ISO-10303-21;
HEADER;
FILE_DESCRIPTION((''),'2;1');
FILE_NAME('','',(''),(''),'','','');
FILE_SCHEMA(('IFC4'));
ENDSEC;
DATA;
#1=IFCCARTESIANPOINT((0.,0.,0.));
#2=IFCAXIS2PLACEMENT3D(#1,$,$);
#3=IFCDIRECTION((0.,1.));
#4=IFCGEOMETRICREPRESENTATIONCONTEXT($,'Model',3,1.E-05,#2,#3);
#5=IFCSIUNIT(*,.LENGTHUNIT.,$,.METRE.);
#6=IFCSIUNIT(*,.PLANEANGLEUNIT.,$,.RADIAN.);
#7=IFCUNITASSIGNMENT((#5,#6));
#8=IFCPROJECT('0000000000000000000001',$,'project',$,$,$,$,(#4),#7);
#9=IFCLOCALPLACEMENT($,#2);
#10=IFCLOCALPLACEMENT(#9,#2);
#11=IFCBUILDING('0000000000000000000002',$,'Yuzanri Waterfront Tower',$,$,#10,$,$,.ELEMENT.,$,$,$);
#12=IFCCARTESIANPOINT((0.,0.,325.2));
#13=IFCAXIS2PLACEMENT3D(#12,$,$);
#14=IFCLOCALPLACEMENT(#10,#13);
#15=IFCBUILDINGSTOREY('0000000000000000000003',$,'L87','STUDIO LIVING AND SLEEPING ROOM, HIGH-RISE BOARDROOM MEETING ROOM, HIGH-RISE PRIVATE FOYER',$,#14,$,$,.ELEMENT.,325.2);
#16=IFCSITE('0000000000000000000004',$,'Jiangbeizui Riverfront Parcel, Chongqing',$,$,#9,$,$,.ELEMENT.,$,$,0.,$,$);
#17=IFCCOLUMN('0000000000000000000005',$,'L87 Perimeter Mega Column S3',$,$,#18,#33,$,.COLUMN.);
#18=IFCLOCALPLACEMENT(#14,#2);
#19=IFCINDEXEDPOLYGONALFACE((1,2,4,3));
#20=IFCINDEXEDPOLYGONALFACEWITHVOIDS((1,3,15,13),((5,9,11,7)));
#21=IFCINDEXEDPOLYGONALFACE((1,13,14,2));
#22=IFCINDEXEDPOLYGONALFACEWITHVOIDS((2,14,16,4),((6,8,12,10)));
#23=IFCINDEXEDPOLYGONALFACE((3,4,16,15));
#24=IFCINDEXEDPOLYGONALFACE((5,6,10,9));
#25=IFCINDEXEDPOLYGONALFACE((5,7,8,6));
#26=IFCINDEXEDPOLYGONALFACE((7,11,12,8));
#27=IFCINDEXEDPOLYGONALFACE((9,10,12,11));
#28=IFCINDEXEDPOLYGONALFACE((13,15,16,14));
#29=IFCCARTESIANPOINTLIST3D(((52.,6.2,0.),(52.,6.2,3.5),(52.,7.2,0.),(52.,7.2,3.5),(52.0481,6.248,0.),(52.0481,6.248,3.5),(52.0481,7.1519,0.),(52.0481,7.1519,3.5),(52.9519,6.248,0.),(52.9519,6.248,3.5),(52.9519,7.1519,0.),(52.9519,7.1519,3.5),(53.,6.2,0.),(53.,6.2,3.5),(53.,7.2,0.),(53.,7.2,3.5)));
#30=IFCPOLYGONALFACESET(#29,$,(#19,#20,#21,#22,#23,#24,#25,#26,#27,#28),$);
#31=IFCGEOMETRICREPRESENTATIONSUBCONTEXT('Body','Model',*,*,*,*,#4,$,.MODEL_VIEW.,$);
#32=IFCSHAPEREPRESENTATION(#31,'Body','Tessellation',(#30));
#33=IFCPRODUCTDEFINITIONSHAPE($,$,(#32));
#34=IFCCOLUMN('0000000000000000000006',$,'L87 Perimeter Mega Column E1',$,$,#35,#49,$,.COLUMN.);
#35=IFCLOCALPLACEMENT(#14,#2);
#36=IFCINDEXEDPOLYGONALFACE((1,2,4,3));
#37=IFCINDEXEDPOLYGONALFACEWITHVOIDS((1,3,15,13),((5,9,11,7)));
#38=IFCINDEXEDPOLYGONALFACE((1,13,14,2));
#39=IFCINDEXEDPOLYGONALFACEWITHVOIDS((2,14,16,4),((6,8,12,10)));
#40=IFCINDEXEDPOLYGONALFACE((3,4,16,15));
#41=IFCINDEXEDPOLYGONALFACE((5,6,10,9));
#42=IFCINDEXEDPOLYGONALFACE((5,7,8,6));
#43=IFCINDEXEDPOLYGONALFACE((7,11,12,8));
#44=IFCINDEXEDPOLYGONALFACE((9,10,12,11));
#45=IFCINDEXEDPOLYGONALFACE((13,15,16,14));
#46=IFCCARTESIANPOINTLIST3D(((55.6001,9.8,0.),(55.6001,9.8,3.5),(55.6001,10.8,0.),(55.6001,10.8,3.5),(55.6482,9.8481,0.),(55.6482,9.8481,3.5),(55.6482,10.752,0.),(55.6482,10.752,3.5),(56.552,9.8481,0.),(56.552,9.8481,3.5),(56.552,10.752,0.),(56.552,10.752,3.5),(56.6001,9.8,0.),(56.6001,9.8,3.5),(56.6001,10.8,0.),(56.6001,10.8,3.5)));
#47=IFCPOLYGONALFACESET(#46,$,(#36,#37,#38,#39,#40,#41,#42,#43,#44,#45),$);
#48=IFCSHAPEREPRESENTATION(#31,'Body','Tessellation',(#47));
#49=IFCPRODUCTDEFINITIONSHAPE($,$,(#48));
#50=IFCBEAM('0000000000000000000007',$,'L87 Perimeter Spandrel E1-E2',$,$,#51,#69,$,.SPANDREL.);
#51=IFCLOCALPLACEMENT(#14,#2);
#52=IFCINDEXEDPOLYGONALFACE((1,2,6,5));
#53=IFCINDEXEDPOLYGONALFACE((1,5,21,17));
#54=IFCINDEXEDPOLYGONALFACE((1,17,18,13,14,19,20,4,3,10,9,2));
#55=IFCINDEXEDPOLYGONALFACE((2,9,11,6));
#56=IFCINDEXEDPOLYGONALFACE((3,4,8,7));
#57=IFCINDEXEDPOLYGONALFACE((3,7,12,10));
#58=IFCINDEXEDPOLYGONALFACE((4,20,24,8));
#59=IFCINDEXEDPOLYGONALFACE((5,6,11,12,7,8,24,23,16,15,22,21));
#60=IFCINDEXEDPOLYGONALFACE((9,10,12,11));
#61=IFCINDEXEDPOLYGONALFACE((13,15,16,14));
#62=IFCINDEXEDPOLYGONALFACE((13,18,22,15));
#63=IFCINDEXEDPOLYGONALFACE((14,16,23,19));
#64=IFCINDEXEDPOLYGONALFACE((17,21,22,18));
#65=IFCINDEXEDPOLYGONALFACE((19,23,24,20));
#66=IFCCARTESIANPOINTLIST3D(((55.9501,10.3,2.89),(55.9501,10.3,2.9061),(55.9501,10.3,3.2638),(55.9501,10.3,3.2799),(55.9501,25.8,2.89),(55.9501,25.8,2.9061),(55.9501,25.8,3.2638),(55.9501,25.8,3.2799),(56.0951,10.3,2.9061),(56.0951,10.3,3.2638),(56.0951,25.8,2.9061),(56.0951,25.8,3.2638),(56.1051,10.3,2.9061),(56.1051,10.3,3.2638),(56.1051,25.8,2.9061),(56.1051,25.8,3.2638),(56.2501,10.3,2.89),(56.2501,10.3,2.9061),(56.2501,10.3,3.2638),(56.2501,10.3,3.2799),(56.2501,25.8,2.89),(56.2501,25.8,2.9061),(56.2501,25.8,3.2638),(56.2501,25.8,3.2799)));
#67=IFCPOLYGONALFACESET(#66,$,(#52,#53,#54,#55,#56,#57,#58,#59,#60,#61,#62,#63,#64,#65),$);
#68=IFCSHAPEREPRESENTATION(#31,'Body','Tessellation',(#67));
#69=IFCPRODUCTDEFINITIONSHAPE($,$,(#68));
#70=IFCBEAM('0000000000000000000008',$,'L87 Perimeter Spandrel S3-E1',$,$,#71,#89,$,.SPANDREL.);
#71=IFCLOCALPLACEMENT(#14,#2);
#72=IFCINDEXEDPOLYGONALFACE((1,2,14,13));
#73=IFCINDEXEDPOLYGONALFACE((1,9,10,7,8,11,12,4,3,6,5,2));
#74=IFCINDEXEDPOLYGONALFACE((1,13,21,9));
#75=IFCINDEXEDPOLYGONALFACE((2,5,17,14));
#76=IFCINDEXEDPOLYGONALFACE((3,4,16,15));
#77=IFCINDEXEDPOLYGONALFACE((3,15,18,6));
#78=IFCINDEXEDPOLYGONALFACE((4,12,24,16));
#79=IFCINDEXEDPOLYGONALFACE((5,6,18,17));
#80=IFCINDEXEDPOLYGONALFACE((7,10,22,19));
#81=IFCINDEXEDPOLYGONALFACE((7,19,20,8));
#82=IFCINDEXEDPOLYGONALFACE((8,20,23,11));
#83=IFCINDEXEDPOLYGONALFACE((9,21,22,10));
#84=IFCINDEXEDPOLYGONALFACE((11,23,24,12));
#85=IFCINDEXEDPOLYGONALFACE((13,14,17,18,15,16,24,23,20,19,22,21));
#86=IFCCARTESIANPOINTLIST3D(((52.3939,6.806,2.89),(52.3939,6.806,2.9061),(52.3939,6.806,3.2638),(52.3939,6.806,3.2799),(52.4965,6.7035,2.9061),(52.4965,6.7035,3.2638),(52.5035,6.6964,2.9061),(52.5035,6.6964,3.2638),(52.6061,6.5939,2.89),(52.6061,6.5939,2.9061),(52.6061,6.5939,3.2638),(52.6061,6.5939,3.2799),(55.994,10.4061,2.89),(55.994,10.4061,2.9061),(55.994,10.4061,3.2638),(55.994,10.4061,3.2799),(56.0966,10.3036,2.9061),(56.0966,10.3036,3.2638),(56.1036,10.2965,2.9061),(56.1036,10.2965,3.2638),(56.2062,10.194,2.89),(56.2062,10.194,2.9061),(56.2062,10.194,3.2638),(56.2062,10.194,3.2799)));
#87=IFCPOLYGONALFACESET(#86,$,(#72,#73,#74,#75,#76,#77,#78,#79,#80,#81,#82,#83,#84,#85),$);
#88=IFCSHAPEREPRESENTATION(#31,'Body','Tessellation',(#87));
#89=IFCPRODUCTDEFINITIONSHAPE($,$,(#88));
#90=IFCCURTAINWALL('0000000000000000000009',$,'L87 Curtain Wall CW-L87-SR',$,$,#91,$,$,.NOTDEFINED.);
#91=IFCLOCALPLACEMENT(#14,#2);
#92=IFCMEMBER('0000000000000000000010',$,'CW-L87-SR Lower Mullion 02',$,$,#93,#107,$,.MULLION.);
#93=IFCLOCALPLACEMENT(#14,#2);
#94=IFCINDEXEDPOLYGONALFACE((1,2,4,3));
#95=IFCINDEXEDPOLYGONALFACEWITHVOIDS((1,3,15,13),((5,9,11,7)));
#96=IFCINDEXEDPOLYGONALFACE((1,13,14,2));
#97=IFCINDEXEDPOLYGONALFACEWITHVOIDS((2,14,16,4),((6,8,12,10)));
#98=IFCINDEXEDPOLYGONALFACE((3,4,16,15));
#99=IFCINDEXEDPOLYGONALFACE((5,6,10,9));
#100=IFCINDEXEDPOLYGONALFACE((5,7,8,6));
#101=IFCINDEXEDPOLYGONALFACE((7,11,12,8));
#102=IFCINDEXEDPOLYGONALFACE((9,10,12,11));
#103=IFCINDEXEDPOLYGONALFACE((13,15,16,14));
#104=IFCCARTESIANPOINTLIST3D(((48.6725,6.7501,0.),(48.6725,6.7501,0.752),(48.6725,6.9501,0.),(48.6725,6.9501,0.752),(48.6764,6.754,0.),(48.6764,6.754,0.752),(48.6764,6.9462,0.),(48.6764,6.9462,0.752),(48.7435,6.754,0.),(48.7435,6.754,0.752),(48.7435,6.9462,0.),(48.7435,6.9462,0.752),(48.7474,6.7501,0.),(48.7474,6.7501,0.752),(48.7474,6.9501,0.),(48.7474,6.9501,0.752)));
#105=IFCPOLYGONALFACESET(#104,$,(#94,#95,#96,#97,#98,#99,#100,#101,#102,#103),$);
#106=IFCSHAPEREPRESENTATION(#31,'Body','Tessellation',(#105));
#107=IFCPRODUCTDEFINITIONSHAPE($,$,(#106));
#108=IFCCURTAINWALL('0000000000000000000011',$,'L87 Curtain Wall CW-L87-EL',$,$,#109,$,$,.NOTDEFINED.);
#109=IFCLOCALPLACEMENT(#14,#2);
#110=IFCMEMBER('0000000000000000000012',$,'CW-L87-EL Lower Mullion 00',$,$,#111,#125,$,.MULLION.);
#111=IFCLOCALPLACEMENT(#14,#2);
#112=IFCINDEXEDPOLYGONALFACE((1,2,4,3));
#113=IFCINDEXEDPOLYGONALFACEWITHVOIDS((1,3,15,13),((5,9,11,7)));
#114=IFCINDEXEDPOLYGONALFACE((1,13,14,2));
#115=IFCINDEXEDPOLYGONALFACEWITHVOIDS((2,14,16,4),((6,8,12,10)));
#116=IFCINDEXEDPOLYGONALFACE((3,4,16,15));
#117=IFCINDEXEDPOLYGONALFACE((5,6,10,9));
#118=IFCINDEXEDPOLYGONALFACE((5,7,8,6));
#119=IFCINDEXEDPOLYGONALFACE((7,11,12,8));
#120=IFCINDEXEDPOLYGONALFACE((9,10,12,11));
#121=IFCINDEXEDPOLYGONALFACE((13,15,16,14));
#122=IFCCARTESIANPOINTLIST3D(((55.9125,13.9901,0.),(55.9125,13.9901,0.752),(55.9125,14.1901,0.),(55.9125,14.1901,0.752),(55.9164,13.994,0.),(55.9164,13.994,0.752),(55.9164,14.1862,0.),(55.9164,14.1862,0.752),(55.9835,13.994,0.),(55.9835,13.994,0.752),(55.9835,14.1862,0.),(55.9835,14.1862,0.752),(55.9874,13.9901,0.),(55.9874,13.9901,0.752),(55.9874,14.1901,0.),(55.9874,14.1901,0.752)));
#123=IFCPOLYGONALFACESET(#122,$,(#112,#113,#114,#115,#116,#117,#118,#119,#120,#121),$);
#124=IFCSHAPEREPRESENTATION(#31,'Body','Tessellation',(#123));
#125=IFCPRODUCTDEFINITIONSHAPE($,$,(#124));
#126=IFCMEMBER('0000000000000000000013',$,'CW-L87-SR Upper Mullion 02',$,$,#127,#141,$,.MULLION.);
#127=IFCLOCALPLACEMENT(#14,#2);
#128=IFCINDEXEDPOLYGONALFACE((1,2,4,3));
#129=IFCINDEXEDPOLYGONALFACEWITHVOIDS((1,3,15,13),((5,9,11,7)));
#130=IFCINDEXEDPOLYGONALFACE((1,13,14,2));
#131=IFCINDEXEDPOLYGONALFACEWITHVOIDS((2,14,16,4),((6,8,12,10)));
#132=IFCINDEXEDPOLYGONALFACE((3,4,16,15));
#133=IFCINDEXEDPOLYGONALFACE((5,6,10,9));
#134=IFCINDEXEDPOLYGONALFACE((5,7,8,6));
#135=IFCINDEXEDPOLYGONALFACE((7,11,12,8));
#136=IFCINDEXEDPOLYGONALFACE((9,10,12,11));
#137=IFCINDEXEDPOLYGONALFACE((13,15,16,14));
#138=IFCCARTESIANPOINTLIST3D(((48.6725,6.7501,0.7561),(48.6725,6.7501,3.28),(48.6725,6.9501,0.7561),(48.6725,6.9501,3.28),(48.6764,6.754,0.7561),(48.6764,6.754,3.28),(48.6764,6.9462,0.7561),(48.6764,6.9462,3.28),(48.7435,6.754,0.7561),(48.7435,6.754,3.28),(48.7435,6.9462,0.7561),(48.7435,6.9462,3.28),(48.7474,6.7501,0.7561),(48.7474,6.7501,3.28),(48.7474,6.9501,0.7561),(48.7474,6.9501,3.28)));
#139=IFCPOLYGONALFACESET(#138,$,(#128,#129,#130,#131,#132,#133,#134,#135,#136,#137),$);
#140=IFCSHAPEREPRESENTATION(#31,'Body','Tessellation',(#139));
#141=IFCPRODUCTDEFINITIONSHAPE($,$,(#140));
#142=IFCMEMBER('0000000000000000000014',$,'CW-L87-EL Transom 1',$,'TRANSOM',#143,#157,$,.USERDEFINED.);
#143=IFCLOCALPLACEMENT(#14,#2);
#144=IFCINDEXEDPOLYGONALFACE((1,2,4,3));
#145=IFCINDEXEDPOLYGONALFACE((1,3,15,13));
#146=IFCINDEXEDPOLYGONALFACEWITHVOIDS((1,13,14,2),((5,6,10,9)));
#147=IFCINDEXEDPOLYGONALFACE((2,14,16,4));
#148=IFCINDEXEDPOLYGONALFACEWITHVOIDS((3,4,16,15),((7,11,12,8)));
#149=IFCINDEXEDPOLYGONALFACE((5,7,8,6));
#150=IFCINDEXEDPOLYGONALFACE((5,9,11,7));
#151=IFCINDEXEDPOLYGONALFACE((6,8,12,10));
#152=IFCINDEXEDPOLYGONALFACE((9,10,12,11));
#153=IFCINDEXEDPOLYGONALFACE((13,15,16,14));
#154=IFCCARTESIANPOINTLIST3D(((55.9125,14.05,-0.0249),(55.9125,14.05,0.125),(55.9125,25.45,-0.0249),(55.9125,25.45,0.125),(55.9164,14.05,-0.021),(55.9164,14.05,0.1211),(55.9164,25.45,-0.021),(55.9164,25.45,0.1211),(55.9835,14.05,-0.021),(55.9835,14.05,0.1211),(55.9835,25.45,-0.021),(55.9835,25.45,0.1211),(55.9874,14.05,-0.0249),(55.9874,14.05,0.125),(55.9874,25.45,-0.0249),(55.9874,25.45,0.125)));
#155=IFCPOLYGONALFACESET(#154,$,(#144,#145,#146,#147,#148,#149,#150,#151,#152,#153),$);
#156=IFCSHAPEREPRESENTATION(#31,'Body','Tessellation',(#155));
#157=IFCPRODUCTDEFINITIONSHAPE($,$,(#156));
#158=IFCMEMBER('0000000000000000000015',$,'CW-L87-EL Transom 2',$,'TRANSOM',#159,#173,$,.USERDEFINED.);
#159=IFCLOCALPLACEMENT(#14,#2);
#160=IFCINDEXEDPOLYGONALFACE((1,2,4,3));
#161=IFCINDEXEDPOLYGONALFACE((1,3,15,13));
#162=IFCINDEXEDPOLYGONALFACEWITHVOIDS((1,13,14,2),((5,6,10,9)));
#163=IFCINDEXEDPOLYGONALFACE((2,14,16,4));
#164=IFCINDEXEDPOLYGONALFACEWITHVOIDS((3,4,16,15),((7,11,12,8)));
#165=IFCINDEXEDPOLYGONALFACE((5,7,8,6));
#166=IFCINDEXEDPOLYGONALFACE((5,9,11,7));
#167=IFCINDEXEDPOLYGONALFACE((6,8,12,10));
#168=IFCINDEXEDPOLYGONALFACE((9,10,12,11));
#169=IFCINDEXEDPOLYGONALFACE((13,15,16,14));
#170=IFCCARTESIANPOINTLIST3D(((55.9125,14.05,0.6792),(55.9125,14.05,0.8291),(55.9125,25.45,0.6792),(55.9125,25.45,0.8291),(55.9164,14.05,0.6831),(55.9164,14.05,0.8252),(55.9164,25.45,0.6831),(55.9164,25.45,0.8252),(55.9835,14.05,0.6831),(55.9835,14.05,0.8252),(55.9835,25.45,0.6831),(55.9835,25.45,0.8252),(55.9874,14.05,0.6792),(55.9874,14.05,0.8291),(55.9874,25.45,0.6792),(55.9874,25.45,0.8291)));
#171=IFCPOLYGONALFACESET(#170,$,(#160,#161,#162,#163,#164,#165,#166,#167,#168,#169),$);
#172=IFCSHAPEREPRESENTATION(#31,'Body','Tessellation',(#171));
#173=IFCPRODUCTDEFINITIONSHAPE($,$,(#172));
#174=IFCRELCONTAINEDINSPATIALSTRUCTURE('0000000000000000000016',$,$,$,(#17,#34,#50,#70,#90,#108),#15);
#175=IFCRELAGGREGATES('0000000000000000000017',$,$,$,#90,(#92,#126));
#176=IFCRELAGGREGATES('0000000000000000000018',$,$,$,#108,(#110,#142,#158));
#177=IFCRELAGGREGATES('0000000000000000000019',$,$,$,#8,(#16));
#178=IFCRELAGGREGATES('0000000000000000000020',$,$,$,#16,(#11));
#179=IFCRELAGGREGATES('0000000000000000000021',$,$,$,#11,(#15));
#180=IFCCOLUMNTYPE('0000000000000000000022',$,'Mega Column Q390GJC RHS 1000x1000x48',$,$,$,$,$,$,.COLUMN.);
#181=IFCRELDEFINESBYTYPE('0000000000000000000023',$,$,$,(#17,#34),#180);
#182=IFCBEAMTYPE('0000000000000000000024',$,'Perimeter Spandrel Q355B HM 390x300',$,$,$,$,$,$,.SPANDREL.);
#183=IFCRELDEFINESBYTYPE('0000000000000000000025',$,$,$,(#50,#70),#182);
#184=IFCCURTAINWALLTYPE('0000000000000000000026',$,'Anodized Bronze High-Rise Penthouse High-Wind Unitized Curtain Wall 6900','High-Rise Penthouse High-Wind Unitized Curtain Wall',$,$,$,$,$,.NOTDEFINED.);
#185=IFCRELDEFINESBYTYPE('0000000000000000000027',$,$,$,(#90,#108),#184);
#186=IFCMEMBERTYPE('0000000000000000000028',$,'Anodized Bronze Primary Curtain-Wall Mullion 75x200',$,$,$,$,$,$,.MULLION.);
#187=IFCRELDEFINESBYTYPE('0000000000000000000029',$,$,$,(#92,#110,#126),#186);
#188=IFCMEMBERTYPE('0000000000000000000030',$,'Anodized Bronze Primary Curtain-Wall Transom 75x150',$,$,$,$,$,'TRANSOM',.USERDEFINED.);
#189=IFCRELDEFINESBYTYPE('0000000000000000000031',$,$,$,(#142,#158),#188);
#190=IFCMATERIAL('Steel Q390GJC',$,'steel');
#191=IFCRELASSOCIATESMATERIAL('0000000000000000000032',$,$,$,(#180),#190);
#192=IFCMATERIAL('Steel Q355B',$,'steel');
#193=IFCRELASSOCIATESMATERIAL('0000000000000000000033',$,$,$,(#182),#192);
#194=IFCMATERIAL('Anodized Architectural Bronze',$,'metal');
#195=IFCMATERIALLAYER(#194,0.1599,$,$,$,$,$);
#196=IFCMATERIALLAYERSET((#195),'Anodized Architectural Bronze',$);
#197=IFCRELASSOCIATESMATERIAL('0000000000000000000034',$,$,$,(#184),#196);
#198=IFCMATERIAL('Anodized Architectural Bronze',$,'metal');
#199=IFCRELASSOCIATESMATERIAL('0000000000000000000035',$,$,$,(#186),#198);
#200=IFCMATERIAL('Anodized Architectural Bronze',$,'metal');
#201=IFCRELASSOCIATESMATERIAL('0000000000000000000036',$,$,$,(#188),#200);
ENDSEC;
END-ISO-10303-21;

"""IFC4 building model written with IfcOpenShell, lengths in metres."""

from ifc_helpers import new_model, si_unit, direction, frame, origin, origin_2d, place, context, subcontext, project, spatial, hollow_rectangle, i_section, extrude, source, transform, mapped, material, layer, layer_set, material_profile, profile_set, type_object, element, aggregate, save


model = new_model("IFC4")

# Units and contexts
model_context = context("Model", 3, precision=1e-05, world=origin(), true_north=direction((0.0, 1.0)))
body_context = subcontext(model_context, "Body", "Model", "MODEL_VIEW")
ifc_project = project(units=[si_unit("LENGTHUNIT", "METRE"), si_unit("PLANEANGLEUNIT", "RADIAN")], contexts=[model_context])

# Site, building, storey
site_placement = place(None, origin())
site = spatial("IfcSite", under=ifc_project, at=site_placement, Name="Jiangbeizui Riverfront Parcel, Chongqing", CompositionType="ELEMENT", RefElevation=0.0)
building_placement = place(site_placement, origin())
building = spatial("IfcBuilding", under=site, at=building_placement, Name="Yuzanri Waterfront Tower", CompositionType="ELEMENT")
storey_placement = place(building_placement, frame((0.0, 0.0, 325.2)))
storey = spatial("IfcBuildingStorey", under=building, at=storey_placement, Name="L87", Description="STUDIO LIVING AND SLEEPING ROOM, HIGH-RISE BOARDROOM MEETING ROOM, HIGH-RISE PRIVATE FOYER", CompositionType="ELEMENT", Elevation=325.2)

# Columns
ifc_material_1 = material(Name="Steel Q390GJC", Category="steel")
ifc_material_profile_1 = material_profile(ifc_material_1, hollow_rectangle(XDim=1.0, YDim=1.0, WallThickness=0.0481, at=origin_2d()), Name="RHS 1000x1000x48")
ifc_profile_set_1 = profile_set([ifc_material_profile_1], Name="Steel Q390GJC")
column_type = type_object("IfcColumnType", Name="Mega Column Q390GJC RHS 1000x1000x48", PredefinedType="COLUMN", material=ifc_profile_set_1)
shared_shape_1 = source(origin(), body_context, "Body", "SweptSolid", [
    extrude(hollow_rectangle(XDim=1.0, YDim=1.0, WallThickness=0.0481, at=origin_2d()), origin(), (0.0, 0.0, 1.0), 3.5),
])
for number, where, z_axis, x_axis, name in (
    (1, (52.5, 6.7, 0.0), (0.0, 0.0, 1.0), (1.0, 0.0, 0.0), "L87 Perimeter Mega Column S3"),
    (2, (56.1001, 10.3, 0.0), (0.0, 0.0, 1.0), (1.0, 0.0, 0.0), "L87 Perimeter Mega Column E1"),
):
    element("IfcColumn", number, at=place(storey_placement, frame(where, z_axis=z_axis, x_axis=x_axis)), inside=storey, type_object=column_type, Name=name, PredefinedType="COLUMN", context=body_context, shape_type="MappedRepresentation", body=[
        mapped(shared_shape_1, transform((0.0, 0.0, 0.0), scale=1.0)),
    ])

# Beams
ifc_material_2 = material(Name="Steel Q355B", Category="steel")
ifc_material_profile_2 = material_profile(ifc_material_2, i_section(OverallWidth=0.3, OverallDepth=0.3899, WebThickness=0.01, FlangeThickness=0.0161, at=origin_2d()), Name="HM 390x300x10x16")
ifc_profile_set_2 = profile_set([ifc_material_profile_2], Name="Steel Q355B")
beam_type = type_object("IfcBeamType", Name="Perimeter Spandrel Q355B HM 390x300", PredefinedType="SPANDREL", material=ifc_profile_set_2)
shared_shape_2 = source(origin(), body_context, "Body", "SweptSolid", [
    extrude(i_section(OverallWidth=0.3, OverallDepth=0.3899, WebThickness=0.01, FlangeThickness=0.0161, at=origin_2d()), origin(), (0.0, 0.0, 1.0), 15.5),
])
beam_1_placement = place(storey_placement, frame((56.1001, 10.3, 3.085), z_axis=(0.0, 1.0, 0.0), x_axis=(-1.0, 0.0, 0.0)))
element("IfcBeam", 3, at=beam_1_placement, inside=storey, type_object=beam_type, Name="L87 Perimeter Spandrel E1-E2", PredefinedType="SPANDREL", context=body_context, shape_type="MappedRepresentation", body=[
    mapped(shared_shape_2, transform((0.0, 0.0, 0.0), scale=1.0)),
])
shared_shape_3 = source(origin(), body_context, "Body", "SweptSolid", [
    extrude(i_section(OverallWidth=0.3, OverallDepth=0.3899, WebThickness=0.01, FlangeThickness=0.0161, at=origin_2d()), origin(), (0.0, 0.0, 1.0), 5.0913),
])
beam_2_placement = place(storey_placement, frame((52.5, 6.7, 3.085), z_axis=(0.707107, 0.707107, 0.0), x_axis=(-0.707107, 0.707107, 0.0)))
element("IfcBeam", 4, at=beam_2_placement, inside=storey, type_object=beam_type, Name="L87 Perimeter Spandrel S3-E1", PredefinedType="SPANDREL", context=body_context, shape_type="MappedRepresentation", body=[
    mapped(shared_shape_3, transform((0.0, 0.0, 0.0), scale=1.0)),
])

# Curtain walls, members
ifc_material_3 = material(Name="Anodized Architectural Bronze", Category="metal")
ifc_layer_1 = layer(ifc_material_3, 0.1599)
ifc_layer_set_1 = layer_set([ifc_layer_1], Name="Anodized Architectural Bronze")
curtain_wall_type = type_object("IfcCurtainWallType", Name="Anodized Bronze High-Rise Penthouse High-Wind Unitized Curtain Wall 6900", Description="High-Rise Penthouse High-Wind Unitized Curtain Wall", PredefinedType="NOTDEFINED", material=ifc_layer_set_1)
curtain_wall_1_placement = place(storey_placement, origin())
curtain_wall_1 = element("IfcCurtainWall", 5, at=curtain_wall_1_placement, inside=storey, type_object=curtain_wall_type, Name="L87 Curtain Wall CW-L87-SR", PredefinedType="NOTDEFINED")
ifc_material_4 = material(Name="Anodized Architectural Bronze", Category="metal")
ifc_material_profile_3 = material_profile(ifc_material_4, hollow_rectangle(XDim=0.075, YDim=0.2, WallThickness=0.0039, at=origin_2d()), Name="CWM 75x200")
ifc_profile_set_3 = profile_set([ifc_material_profile_3], Name="Anodized Architectural Bronze")
member_type_1 = type_object("IfcMemberType", Name="Anodized Bronze Primary Curtain-Wall Mullion 75x200", PredefinedType="MULLION", material=ifc_profile_set_3)
shared_shape_4 = source(origin(), body_context, "Body", "SweptSolid", [
    extrude(hollow_rectangle(XDim=0.075, YDim=0.2, WallThickness=0.0039, at=origin_2d()), origin(), (0.0, 0.0, 1.0), 0.752),
])
member_1_placement = place(storey_placement, frame((48.71, 6.8501, 0.0), z_axis=(0.0, 0.0, 1.0), x_axis=(1.0, 0.0, 0.0)))
member_1 = element("IfcMember", 6, at=member_1_placement, type_object=member_type_1, Name="CW-L87-SR Lower Mullion 02", PredefinedType="MULLION", context=body_context, shape_type="MappedRepresentation", body=[
    mapped(shared_shape_4, transform((0.0, 0.0, 0.0), scale=1.0)),
])
curtain_wall_2_placement = place(storey_placement, origin())
curtain_wall_2 = element("IfcCurtainWall", 7, at=curtain_wall_2_placement, inside=storey, type_object=curtain_wall_type, Name="L87 Curtain Wall CW-L87-EL", PredefinedType="NOTDEFINED")
member_2_placement = place(storey_placement, frame((55.95, 14.0901, 0.0), z_axis=(0.0, 0.0, 1.0), x_axis=(1.0, 0.0, 0.0)))
member_2 = element("IfcMember", 8, at=member_2_placement, type_object=member_type_1, Name="CW-L87-EL Lower Mullion 00", PredefinedType="MULLION", context=body_context, shape_type="MappedRepresentation", body=[
    mapped(shared_shape_4, transform((0.0, 0.0, 0.0), scale=1.0)),
])

# Members
shared_shape_5 = source(origin(), body_context, "Body", "SweptSolid", [
    extrude(hollow_rectangle(XDim=0.075, YDim=0.2, WallThickness=0.0039, at=origin_2d()), origin(), (0.0, 0.0, 1.0), 2.5239),
])
member_3_placement = place(storey_placement, frame((48.71, 6.8501, 0.7561), z_axis=(0.0, 0.0, 1.0), x_axis=(1.0, 0.0, 0.0)))
member_3 = element("IfcMember", 9, at=member_3_placement, type_object=member_type_1, Name="CW-L87-SR Upper Mullion 02", PredefinedType="MULLION", context=body_context, shape_type="MappedRepresentation", body=[
    mapped(shared_shape_5, transform((0.0, 0.0, 0.0), scale=1.0)),
])
aggregate(curtain_wall_1, [member_1, member_3])
ifc_material_5 = material(Name="Anodized Architectural Bronze", Category="metal")
ifc_material_profile_4 = material_profile(ifc_material_5, hollow_rectangle(XDim=0.075, YDim=0.1499, WallThickness=0.0039, at=origin_2d()), Name="CWT 75x150")
ifc_profile_set_4 = profile_set([ifc_material_profile_4], Name="Anodized Architectural Bronze")
member_type_2 = type_object("IfcMemberType", Name="Anodized Bronze Primary Curtain-Wall Transom 75x150", ElementType="TRANSOM", PredefinedType="USERDEFINED", material=ifc_profile_set_4)
shared_shape_6 = source(origin(), body_context, "Body", "SweptSolid", [
    extrude(hollow_rectangle(XDim=0.075, YDim=0.1499, WallThickness=0.0039, at=origin_2d()), origin(), (0.0, 0.0, 1.0), 11.3999),
])
member_4_placement = place(storey_placement, frame((55.95, 14.05, 0.05), z_axis=(0.0, 1.0, 0.0), x_axis=(-1.0, 0.0, 0.0)))
member_4 = element("IfcMember", 10, at=member_4_placement, type_object=member_type_2, Name="CW-L87-EL Transom 1", ObjectType="TRANSOM", PredefinedType="USERDEFINED", context=body_context, shape_type="MappedRepresentation", body=[
    mapped(shared_shape_6, transform((0.0, 0.0, 0.0), scale=1.0)),
])
member_5_placement = place(storey_placement, frame((55.95, 14.05, 0.7542), z_axis=(0.0, 1.0, 0.0), x_axis=(-1.0, 0.0, 0.0)))
member_5 = element("IfcMember", 11, at=member_5_placement, type_object=member_type_2, Name="CW-L87-EL Transom 2", ObjectType="TRANSOM", PredefinedType="USERDEFINED", context=body_context, shape_type="MappedRepresentation", body=[
    mapped(shared_shape_6, transform((0.0, 0.0, 0.0), scale=1.0)),
])
aggregate(curtain_wall_2, [member_2, member_4, member_5])

save(model, "model.ifc")
